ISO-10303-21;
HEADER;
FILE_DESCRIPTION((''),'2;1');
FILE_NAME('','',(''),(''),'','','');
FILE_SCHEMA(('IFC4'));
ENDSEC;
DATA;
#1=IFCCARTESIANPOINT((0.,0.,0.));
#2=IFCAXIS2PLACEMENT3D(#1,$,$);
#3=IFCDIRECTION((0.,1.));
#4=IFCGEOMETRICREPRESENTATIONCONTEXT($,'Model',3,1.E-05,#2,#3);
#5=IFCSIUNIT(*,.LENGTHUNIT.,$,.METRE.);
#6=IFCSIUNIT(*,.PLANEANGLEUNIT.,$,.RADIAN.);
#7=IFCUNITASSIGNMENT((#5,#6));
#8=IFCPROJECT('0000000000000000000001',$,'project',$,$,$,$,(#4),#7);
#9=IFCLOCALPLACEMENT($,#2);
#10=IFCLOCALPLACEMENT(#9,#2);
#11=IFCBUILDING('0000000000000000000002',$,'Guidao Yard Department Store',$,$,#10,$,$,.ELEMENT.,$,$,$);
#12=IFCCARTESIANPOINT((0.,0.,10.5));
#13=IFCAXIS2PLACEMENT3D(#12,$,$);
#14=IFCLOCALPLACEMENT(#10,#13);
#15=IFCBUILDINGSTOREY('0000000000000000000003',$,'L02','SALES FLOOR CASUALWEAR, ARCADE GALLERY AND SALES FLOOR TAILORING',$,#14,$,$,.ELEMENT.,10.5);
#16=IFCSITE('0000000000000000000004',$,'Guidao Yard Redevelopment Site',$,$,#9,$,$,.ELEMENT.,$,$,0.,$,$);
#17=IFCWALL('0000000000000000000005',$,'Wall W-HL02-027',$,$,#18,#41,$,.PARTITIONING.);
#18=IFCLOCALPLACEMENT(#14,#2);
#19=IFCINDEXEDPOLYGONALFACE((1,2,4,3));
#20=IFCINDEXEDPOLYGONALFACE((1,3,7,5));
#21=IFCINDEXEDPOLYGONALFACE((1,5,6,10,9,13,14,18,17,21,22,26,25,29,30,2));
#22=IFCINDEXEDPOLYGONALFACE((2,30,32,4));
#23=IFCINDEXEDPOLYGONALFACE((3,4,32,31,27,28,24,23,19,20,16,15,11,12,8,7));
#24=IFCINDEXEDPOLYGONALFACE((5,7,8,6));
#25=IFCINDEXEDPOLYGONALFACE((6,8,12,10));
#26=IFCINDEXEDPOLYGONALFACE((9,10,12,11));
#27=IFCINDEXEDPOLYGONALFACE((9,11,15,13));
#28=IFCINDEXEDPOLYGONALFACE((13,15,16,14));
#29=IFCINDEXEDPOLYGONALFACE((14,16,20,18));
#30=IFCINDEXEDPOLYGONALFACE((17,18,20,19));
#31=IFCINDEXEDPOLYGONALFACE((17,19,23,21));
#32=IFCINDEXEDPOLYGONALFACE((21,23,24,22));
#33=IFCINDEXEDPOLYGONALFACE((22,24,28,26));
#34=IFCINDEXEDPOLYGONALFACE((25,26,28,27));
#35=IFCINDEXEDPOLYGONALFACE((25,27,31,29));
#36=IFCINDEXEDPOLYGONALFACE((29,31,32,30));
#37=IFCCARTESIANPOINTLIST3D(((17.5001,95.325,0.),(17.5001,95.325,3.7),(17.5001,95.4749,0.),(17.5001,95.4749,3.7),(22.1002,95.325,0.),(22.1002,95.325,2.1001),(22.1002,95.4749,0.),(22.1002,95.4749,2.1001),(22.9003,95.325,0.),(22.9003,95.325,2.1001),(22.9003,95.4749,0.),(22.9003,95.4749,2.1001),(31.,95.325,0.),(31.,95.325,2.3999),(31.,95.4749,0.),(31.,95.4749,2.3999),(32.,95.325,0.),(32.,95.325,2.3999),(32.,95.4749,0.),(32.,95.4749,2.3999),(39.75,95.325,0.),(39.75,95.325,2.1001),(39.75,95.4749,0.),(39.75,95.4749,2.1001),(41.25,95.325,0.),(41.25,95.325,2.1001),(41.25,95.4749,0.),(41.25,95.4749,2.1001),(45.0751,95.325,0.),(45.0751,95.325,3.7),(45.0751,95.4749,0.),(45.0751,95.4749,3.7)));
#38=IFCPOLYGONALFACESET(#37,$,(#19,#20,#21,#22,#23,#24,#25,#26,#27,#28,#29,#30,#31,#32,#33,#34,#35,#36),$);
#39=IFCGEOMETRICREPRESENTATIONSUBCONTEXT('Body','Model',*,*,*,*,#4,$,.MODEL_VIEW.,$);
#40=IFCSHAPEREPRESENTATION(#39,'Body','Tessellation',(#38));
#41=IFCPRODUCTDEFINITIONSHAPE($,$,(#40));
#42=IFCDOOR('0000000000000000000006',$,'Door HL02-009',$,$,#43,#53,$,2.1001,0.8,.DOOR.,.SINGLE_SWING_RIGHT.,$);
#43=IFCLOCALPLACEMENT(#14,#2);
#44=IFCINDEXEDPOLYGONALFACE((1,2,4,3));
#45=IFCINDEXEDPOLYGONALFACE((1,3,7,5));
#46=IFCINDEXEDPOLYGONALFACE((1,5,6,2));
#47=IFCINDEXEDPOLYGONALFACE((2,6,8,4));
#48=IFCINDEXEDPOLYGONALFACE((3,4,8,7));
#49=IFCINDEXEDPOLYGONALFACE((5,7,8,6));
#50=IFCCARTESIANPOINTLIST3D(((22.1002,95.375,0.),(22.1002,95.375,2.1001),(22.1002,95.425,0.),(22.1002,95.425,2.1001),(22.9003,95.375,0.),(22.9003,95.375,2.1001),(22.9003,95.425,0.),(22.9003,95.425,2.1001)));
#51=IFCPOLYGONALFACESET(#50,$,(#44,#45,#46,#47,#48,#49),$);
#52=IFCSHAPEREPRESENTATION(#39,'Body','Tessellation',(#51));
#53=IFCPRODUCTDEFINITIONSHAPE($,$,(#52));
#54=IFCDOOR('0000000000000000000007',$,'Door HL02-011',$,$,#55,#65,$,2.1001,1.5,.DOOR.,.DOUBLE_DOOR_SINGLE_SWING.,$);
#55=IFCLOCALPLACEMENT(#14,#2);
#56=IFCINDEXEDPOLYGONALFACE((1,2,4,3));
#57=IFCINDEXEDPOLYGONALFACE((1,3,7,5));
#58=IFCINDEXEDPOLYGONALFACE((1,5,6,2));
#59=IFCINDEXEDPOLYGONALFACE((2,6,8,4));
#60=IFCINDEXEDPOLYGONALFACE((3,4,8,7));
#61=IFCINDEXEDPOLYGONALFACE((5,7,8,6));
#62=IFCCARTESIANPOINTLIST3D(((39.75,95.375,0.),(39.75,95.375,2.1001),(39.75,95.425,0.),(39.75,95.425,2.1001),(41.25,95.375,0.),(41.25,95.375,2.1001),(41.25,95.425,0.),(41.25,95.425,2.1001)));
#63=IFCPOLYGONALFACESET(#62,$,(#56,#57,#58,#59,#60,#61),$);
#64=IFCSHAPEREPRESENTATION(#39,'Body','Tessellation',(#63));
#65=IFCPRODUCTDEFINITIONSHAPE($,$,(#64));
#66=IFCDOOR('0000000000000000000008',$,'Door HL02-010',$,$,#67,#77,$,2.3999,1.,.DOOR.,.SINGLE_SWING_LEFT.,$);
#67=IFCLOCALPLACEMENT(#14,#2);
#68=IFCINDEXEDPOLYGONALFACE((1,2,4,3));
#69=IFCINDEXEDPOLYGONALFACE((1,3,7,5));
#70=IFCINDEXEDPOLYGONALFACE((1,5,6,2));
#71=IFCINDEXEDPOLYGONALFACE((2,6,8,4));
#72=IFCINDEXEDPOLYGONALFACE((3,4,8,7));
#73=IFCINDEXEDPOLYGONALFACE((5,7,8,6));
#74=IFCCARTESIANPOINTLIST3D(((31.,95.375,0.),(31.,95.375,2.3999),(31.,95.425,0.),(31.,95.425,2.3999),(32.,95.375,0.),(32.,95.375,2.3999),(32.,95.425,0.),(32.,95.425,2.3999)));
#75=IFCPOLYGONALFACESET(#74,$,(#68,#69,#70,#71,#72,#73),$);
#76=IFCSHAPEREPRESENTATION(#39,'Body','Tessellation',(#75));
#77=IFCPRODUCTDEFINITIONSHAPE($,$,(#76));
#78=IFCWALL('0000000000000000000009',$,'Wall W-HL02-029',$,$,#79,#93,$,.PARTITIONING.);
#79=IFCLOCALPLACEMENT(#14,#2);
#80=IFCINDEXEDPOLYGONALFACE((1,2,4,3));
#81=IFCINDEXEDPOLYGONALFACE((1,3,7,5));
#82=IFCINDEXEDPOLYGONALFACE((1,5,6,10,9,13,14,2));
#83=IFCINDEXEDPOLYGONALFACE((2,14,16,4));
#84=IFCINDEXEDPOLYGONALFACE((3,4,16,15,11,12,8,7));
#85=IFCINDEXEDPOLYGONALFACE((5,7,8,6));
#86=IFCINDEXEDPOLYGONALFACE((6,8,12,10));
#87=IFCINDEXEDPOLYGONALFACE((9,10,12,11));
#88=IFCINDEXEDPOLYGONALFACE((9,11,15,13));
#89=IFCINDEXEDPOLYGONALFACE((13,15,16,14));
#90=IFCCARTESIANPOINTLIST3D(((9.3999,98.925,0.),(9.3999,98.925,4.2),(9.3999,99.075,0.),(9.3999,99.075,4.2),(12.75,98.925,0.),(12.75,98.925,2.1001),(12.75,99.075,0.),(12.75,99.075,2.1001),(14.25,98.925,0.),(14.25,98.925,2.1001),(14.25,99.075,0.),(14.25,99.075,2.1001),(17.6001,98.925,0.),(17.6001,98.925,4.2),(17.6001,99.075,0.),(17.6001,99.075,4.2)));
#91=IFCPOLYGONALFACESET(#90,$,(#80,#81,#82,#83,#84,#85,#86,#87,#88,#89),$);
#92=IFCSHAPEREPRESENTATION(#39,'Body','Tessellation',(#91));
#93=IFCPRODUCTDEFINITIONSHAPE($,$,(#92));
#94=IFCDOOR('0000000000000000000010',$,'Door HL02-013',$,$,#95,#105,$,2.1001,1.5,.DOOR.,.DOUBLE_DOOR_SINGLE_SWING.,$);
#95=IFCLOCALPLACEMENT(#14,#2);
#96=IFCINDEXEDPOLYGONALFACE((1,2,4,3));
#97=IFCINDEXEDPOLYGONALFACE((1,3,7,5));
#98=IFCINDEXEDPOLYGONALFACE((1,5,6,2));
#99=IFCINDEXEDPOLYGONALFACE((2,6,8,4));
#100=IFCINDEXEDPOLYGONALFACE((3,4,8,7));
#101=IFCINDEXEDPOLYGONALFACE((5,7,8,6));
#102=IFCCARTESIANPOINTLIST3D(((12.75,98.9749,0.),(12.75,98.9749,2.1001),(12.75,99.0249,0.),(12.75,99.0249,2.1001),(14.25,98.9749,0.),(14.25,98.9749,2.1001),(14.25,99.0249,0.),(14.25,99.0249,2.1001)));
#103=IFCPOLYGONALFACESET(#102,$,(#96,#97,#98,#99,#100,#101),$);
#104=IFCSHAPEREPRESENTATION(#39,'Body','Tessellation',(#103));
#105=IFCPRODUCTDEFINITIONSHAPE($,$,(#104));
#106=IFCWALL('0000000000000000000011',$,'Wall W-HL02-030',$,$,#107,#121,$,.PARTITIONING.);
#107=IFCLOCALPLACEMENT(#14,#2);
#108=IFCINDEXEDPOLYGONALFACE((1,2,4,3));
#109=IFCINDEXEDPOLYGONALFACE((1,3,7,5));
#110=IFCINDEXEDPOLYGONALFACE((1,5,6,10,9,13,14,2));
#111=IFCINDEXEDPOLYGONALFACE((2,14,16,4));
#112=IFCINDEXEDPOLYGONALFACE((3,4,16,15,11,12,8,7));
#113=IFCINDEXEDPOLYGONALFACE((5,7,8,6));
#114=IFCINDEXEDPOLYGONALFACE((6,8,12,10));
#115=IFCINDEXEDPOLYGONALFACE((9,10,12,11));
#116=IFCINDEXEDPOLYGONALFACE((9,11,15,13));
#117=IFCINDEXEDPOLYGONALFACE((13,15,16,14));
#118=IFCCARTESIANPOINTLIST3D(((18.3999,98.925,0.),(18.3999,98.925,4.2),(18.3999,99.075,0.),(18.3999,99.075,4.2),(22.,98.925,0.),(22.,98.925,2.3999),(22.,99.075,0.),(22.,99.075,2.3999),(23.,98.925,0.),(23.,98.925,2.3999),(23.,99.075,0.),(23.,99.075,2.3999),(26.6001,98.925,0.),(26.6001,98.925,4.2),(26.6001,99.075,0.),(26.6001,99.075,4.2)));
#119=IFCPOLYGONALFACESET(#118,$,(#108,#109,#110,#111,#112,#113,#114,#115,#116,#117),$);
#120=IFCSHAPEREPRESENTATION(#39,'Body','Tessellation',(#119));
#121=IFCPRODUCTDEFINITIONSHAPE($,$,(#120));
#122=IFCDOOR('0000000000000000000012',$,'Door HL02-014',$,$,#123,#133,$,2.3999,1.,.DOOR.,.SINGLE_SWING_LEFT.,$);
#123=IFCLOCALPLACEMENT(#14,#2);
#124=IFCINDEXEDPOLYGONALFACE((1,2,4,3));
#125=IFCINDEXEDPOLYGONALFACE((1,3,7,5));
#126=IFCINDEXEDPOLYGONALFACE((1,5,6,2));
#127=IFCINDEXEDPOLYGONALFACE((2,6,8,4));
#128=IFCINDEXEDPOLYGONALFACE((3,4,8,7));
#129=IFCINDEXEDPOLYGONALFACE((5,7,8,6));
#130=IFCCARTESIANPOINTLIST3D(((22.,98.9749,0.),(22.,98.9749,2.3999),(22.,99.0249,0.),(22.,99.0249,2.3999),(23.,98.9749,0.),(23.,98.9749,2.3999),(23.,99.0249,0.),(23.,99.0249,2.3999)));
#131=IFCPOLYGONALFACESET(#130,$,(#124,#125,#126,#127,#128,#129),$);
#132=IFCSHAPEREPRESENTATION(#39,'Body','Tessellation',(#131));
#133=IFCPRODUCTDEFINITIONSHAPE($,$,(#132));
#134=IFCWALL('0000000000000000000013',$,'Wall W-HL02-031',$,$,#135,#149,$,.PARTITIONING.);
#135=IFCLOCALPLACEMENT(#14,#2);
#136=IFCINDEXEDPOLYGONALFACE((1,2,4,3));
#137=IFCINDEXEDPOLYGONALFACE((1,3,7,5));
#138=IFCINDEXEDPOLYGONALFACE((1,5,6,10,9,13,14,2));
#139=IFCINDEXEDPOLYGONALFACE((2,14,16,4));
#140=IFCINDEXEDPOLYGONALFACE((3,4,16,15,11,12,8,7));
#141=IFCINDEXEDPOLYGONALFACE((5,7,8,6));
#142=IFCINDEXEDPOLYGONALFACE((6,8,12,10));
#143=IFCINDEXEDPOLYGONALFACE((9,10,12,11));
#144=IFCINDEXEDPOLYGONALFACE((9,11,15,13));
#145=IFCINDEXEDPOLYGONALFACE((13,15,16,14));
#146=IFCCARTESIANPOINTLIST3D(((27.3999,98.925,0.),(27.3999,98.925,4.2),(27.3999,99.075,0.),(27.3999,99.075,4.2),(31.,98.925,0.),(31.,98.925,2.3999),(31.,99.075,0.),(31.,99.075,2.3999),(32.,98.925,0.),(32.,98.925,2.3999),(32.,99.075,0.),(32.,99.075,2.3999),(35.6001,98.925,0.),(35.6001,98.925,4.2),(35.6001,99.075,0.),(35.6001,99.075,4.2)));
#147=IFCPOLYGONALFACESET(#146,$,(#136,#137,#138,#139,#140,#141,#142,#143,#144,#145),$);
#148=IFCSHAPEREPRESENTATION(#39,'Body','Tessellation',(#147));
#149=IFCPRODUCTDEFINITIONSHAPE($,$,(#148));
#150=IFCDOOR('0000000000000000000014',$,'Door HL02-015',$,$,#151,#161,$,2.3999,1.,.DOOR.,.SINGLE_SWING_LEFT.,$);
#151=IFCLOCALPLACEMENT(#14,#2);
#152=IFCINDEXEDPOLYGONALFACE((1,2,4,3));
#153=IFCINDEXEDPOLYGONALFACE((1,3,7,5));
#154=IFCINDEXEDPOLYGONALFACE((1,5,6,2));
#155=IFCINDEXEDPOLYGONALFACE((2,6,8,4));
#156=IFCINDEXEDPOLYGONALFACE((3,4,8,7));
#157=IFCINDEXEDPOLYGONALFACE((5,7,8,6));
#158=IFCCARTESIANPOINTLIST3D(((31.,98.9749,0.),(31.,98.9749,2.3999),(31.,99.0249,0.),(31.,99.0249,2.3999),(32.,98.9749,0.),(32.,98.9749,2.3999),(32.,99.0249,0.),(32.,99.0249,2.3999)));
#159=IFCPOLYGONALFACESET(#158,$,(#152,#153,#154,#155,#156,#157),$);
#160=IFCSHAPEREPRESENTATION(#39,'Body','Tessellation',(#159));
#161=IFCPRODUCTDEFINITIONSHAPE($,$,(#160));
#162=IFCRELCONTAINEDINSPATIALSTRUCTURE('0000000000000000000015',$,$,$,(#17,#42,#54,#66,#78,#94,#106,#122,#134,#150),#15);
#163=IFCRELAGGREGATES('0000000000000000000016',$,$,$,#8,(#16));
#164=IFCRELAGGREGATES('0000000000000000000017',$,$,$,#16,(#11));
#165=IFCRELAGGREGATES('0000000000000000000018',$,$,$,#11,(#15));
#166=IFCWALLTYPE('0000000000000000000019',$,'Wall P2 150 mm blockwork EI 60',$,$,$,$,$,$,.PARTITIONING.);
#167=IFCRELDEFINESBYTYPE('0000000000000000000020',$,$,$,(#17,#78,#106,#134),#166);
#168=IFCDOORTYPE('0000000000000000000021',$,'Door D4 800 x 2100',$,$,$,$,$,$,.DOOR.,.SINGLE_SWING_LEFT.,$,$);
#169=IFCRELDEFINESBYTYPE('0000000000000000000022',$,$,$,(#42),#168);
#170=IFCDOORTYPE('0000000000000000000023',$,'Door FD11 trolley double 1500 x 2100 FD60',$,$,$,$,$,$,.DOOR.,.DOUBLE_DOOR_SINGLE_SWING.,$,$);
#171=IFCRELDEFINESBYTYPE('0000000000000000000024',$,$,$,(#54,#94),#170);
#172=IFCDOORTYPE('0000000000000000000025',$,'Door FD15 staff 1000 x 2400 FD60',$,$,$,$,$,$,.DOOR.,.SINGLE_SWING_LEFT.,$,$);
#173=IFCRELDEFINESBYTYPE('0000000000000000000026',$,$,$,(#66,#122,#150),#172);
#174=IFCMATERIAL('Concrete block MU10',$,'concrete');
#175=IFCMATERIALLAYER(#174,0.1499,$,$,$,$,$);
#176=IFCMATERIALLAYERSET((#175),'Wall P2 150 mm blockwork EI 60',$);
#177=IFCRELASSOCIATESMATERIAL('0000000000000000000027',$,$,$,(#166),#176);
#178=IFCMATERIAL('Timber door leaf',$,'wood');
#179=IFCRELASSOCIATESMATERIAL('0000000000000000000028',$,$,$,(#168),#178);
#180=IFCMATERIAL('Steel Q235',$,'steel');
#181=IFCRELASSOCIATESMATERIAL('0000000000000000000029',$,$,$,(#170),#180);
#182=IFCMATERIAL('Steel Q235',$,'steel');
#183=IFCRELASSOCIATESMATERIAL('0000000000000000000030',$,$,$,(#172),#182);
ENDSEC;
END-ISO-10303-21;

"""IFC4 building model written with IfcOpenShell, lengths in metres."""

from ifc_helpers import new_model, si_unit, direction, frame, frame_2d, origin, place, context, subcontext, project, spatial, rectangle, extrude, material, layer, layer_set, type_object, element, fill, save


model = new_model("IFC4")

# Units and contexts
model_context = context("Model", 3, precision=1e-05, world=origin(), true_north=direction((0.0, 1.0)))
body_context = subcontext(model_context, "Body", "Model", "MODEL_VIEW")
ifc_project = project(units=[si_unit("LENGTHUNIT", "METRE"), si_unit("PLANEANGLEUNIT", "RADIAN")], contexts=[model_context])

# Site, building, storey
site_placement = place(None, origin())
site = spatial("IfcSite", under=ifc_project, at=site_placement, Name="Guidao Yard Redevelopment Site", CompositionType="ELEMENT", RefElevation=0.0)
building_placement = place(site_placement, origin())
building = spatial("IfcBuilding", under=site, at=building_placement, Name="Guidao Yard Department Store", CompositionType="ELEMENT")
storey_placement = place(building_placement, frame((0.0, 0.0, 10.5)))
storey = spatial("IfcBuildingStorey", under=building, at=storey_placement, Name="L02", Description="SALES FLOOR CASUALWEAR, ARCADE GALLERY AND SALES FLOOR TAILORING", CompositionType="ELEMENT", Elevation=10.5)

# Shared definitions
ifc_material_1 = material(Name="Concrete block MU10", Category="concrete")
ifc_layer_1 = layer(ifc_material_1, 0.1499)
ifc_layer_set_1 = layer_set([ifc_layer_1], Name="Wall P2 150 mm blockwork EI 60")
wall_type_1 = type_object("IfcWallType", Name="Wall P2 150 mm blockwork EI 60", PredefinedType="PARTITIONING", material=ifc_layer_set_1)

# Wall, openings, doors
wall_1_placement = place(storey_placement, frame((17.5, 95.3999, 0.0), z_axis=(0.0, 0.0, 1.0), x_axis=(1.0, 0.0, 0.0)))
wall_1 = element("IfcWall", 1, at=wall_1_placement, inside=storey, type_object=wall_type_1, Name="Wall W-HL02-027", PredefinedType="PARTITIONING", context=body_context, shape_type="SweptSolid", body=[
    extrude(rectangle(XDim=27.575, YDim=0.1499, at=frame_2d((13.7876, 0.0))), origin(), (0.0, 0.0, 1.0), 3.7),
])
opening_1_placement = place(wall_1_placement, frame((5.4001, 0.0, 0.0), z_axis=(0.0, 0.0, 1.0), x_axis=(-1.0, 0.0, 0.0)))
opening_1 = element("IfcOpeningElement", 2, at=opening_1_placement, cuts=wall_1, PredefinedType="OPENING", context=body_context, shape_type="SweptSolid", body=[
    extrude(rectangle(XDim=0.8, YDim=2.1001, at=frame_2d((0.3999, 1.05))), frame((0.0, 0.085, 0.0), z_axis=(0.0, -1.0, 0.0), x_axis=(1.0, 0.0, 0.0)), (0.0, 0.0, 1.0), 0.1699),
])
opening_2_placement = place(wall_1_placement, frame((14.5, 0.0, 0.0), z_axis=(0.0, 0.0, 1.0), x_axis=(-1.0, 0.0, 0.0)))
opening_2 = element("IfcOpeningElement", 3, at=opening_2_placement, cuts=wall_1, PredefinedType="OPENING", context=body_context, shape_type="SweptSolid", body=[
    extrude(rectangle(XDim=1.0, YDim=2.3999, at=frame_2d((0.5, 1.2))), frame((0.0, 0.085, 0.0), z_axis=(0.0, -1.0, 0.0), x_axis=(1.0, 0.0, 0.0)), (0.0, 0.0, 1.0), 0.1699),
])
opening_3_placement = place(wall_1_placement, frame((23.75, 0.0, 0.0), z_axis=(0.0, 0.0, 1.0), x_axis=(-1.0, 0.0, 0.0)))
opening_3 = element("IfcOpeningElement", 4, at=opening_3_placement, cuts=wall_1, PredefinedType="OPENING", context=body_context, shape_type="SweptSolid", body=[
    extrude(rectangle(XDim=1.5, YDim=2.1001, at=frame_2d((0.75, 1.05))), frame((0.0, 0.085, 0.0), z_axis=(0.0, -1.0, 0.0), x_axis=(1.0, 0.0, 0.0)), (0.0, 0.0, 1.0), 0.1699),
])
ifc_material_2 = material(Name="Timber door leaf", Category="wood")
door_type_1 = type_object("IfcDoorType", Name="Door D4 800 x 2100", OperationType="SINGLE_SWING_LEFT", PredefinedType="DOOR", material=ifc_material_2)
door_1_placement = place(opening_1_placement, origin())
door_1 = element("IfcDoor", 5, at=door_1_placement, inside=storey, type_object=door_type_1, Name="Door HL02-009", OperationType="SINGLE_SWING_RIGHT", OverallHeight=2.1001, OverallWidth=0.8, PredefinedType="DOOR", context=body_context, shape_type="SweptSolid", body=[
    extrude(rectangle(XDim=0.8, YDim=2.1001, at=frame_2d((0.3999, 1.05))), frame((0.0, 0.0249, 0.0), z_axis=(0.0, -1.0, 0.0), x_axis=(1.0, 0.0, 0.0)), (0.0, 0.0, 1.0), 0.05),
])
fill(opening_1, door_1)
ifc_material_3 = material(Name="Steel Q235", Category="steel")
door_type_2 = type_object("IfcDoorType", Name="Door FD11 trolley double 1500 x 2100 FD60", OperationType="DOUBLE_DOOR_SINGLE_SWING", PredefinedType="DOOR", material=ifc_material_3)
door_2_placement = place(opening_3_placement, origin())
door_2 = element("IfcDoor", 6, at=door_2_placement, inside=storey, type_object=door_type_2, Name="Door HL02-011", OperationType="DOUBLE_DOOR_SINGLE_SWING", OverallHeight=2.1001, OverallWidth=1.5, PredefinedType="DOOR", context=body_context, shape_type="SweptSolid", body=[
    extrude(rectangle(XDim=1.5, YDim=2.1001, at=frame_2d((0.75, 1.05))), frame((0.0, 0.0249, 0.0), z_axis=(0.0, -1.0, 0.0), x_axis=(1.0, 0.0, 0.0)), (0.0, 0.0, 1.0), 0.05),
])
fill(opening_3, door_2)
ifc_material_4 = material(Name="Steel Q235", Category="steel")
door_type_3 = type_object("IfcDoorType", Name="Door FD15 staff 1000 x 2400 FD60", OperationType="SINGLE_SWING_LEFT", PredefinedType="DOOR", material=ifc_material_4)
door_3_placement = place(opening_2_placement, origin())
door_3 = element("IfcDoor", 7, at=door_3_placement, inside=storey, type_object=door_type_3, Name="Door HL02-010", OperationType="SINGLE_SWING_LEFT", OverallHeight=2.3999, OverallWidth=1.0, PredefinedType="DOOR", context=body_context, shape_type="SweptSolid", body=[
    extrude(rectangle(XDim=1.0, YDim=2.3999, at=frame_2d((0.5, 1.2))), frame((0.0, 0.0249, 0.0), z_axis=(0.0, -1.0, 0.0), x_axis=(1.0, 0.0, 0.0)), (0.0, 0.0, 1.0), 0.05),
])
fill(opening_2, door_3)

# Walls, openings, doors
wall_2_placement = place(storey_placement, frame((9.3999, 99.0, 0.0), z_axis=(0.0, 0.0, 1.0), x_axis=(1.0, 0.0, 0.0)))
wall_2 = element("IfcWall", 8, at=wall_2_placement, inside=storey, type_object=wall_type_1, Name="Wall W-HL02-029", PredefinedType="PARTITIONING", context=body_context, shape_type="SweptSolid", body=[
    extrude(rectangle(XDim=8.2002, YDim=0.1499, at=frame_2d((4.1001, 0.0))), origin(), (0.0, 0.0, 1.0), 4.2),
])
opening_4_placement = place(wall_2_placement, frame((3.3501, 0.0, 0.0)))
opening_4 = element("IfcOpeningElement", 9, at=opening_4_placement, cuts=wall_2, PredefinedType="OPENING", context=body_context, shape_type="SweptSolid", body=[
    extrude(rectangle(XDim=1.5, YDim=2.1001, at=frame_2d((0.75, 1.05))), frame((0.0, 0.085, 0.0), z_axis=(0.0, -1.0, 0.0), x_axis=(1.0, 0.0, 0.0)), (0.0, 0.0, 1.0), 0.1699),
])
door_4_placement = place(opening_4_placement, origin())
door_4 = element("IfcDoor", 10, at=door_4_placement, inside=storey, type_object=door_type_2, Name="Door HL02-013", OperationType="DOUBLE_DOOR_SINGLE_SWING", OverallHeight=2.1001, OverallWidth=1.5, PredefinedType="DOOR", context=body_context, shape_type="SweptSolid", body=[
    extrude(rectangle(XDim=1.5, YDim=2.1001, at=frame_2d((0.75, 1.05))), frame((0.0, 0.0249, 0.0), z_axis=(0.0, -1.0, 0.0), x_axis=(1.0, 0.0, 0.0)), (0.0, 0.0, 1.0), 0.05),
])
fill(opening_4, door_4)
wall_3_placement = place(storey_placement, frame((18.3999, 99.0, 0.0), z_axis=(0.0, 0.0, 1.0), x_axis=(1.0, 0.0, 0.0)))
wall_3 = element("IfcWall", 11, at=wall_3_placement, inside=storey, type_object=wall_type_1, Name="Wall W-HL02-030", PredefinedType="PARTITIONING", context=body_context, shape_type="SweptSolid", body=[
    extrude(rectangle(XDim=8.2002, YDim=0.1499, at=frame_2d((4.1001, 0.0))), origin(), (0.0, 0.0, 1.0), 4.2),
])
opening_5_placement = place(wall_3_placement, frame((3.6001, 0.0, 0.0)))
opening_5 = element("IfcOpeningElement", 12, at=opening_5_placement, cuts=wall_3, PredefinedType="OPENING", context=body_context, shape_type="SweptSolid", body=[
    extrude(rectangle(XDim=1.0, YDim=2.3999, at=frame_2d((0.5, 1.2))), frame((0.0, 0.085, 0.0), z_axis=(0.0, -1.0, 0.0), x_axis=(1.0, 0.0, 0.0)), (0.0, 0.0, 1.0), 0.1699),
])
door_5_placement = place(opening_5_placement, origin())
door_5 = element("IfcDoor", 13, at=door_5_placement, inside=storey, type_object=door_type_3, Name="Door HL02-014", OperationType="SINGLE_SWING_LEFT", OverallHeight=2.3999, OverallWidth=1.0, PredefinedType="DOOR", context=body_context, shape_type="SweptSolid", body=[
    extrude(rectangle(XDim=1.0, YDim=2.3999, at=frame_2d((0.5, 1.2))), frame((0.0, 0.0249, 0.0), z_axis=(0.0, -1.0, 0.0), x_axis=(1.0, 0.0, 0.0)), (0.0, 0.0, 1.0), 0.05),
])
fill(opening_5, door_5)
wall_4_placement = place(storey_placement, frame((27.3999, 99.0, 0.0), z_axis=(0.0, 0.0, 1.0), x_axis=(1.0, 0.0, 0.0)))
wall_4 = element("IfcWall", 14, at=wall_4_placement, inside=storey, type_object=wall_type_1, Name="Wall W-HL02-031", PredefinedType="PARTITIONING", context=body_context, shape_type="SweptSolid", body=[
    extrude(rectangle(XDim=8.2002, YDim=0.1499, at=frame_2d((4.1001, 0.0))), origin(), (0.0, 0.0, 1.0), 4.2),
])
opening_6_placement = place(wall_4_placement, frame((3.6001, 0.0, 0.0)))
opening_6 = element("IfcOpeningElement", 15, at=opening_6_placement, cuts=wall_4, PredefinedType="OPENING", context=body_context, shape_type="SweptSolid", body=[
    extrude(rectangle(XDim=1.0, YDim=2.3999, at=frame_2d((0.5, 1.2))), frame((0.0, 0.085, 0.0), z_axis=(0.0, -1.0, 0.0), x_axis=(1.0, 0.0, 0.0)), (0.0, 0.0, 1.0), 0.1699),
])
door_6_placement = place(opening_6_placement, origin())
door_6 = element("IfcDoor", 16, at=door_6_placement, inside=storey, type_object=door_type_3, Name="Door HL02-015", OperationType="SINGLE_SWING_LEFT", OverallHeight=2.3999, OverallWidth=1.0, PredefinedType="DOOR", context=body_context, shape_type="SweptSolid", body=[
    extrude(rectangle(XDim=1.0, YDim=2.3999, at=frame_2d((0.5, 1.2))), frame((0.0, 0.0249, 0.0), z_axis=(0.0, -1.0, 0.0), x_axis=(1.0, 0.0, 0.0)), (0.0, 0.0, 1.0), 0.05),
])
fill(opening_6, door_6)

save(model, "model.ifc")
